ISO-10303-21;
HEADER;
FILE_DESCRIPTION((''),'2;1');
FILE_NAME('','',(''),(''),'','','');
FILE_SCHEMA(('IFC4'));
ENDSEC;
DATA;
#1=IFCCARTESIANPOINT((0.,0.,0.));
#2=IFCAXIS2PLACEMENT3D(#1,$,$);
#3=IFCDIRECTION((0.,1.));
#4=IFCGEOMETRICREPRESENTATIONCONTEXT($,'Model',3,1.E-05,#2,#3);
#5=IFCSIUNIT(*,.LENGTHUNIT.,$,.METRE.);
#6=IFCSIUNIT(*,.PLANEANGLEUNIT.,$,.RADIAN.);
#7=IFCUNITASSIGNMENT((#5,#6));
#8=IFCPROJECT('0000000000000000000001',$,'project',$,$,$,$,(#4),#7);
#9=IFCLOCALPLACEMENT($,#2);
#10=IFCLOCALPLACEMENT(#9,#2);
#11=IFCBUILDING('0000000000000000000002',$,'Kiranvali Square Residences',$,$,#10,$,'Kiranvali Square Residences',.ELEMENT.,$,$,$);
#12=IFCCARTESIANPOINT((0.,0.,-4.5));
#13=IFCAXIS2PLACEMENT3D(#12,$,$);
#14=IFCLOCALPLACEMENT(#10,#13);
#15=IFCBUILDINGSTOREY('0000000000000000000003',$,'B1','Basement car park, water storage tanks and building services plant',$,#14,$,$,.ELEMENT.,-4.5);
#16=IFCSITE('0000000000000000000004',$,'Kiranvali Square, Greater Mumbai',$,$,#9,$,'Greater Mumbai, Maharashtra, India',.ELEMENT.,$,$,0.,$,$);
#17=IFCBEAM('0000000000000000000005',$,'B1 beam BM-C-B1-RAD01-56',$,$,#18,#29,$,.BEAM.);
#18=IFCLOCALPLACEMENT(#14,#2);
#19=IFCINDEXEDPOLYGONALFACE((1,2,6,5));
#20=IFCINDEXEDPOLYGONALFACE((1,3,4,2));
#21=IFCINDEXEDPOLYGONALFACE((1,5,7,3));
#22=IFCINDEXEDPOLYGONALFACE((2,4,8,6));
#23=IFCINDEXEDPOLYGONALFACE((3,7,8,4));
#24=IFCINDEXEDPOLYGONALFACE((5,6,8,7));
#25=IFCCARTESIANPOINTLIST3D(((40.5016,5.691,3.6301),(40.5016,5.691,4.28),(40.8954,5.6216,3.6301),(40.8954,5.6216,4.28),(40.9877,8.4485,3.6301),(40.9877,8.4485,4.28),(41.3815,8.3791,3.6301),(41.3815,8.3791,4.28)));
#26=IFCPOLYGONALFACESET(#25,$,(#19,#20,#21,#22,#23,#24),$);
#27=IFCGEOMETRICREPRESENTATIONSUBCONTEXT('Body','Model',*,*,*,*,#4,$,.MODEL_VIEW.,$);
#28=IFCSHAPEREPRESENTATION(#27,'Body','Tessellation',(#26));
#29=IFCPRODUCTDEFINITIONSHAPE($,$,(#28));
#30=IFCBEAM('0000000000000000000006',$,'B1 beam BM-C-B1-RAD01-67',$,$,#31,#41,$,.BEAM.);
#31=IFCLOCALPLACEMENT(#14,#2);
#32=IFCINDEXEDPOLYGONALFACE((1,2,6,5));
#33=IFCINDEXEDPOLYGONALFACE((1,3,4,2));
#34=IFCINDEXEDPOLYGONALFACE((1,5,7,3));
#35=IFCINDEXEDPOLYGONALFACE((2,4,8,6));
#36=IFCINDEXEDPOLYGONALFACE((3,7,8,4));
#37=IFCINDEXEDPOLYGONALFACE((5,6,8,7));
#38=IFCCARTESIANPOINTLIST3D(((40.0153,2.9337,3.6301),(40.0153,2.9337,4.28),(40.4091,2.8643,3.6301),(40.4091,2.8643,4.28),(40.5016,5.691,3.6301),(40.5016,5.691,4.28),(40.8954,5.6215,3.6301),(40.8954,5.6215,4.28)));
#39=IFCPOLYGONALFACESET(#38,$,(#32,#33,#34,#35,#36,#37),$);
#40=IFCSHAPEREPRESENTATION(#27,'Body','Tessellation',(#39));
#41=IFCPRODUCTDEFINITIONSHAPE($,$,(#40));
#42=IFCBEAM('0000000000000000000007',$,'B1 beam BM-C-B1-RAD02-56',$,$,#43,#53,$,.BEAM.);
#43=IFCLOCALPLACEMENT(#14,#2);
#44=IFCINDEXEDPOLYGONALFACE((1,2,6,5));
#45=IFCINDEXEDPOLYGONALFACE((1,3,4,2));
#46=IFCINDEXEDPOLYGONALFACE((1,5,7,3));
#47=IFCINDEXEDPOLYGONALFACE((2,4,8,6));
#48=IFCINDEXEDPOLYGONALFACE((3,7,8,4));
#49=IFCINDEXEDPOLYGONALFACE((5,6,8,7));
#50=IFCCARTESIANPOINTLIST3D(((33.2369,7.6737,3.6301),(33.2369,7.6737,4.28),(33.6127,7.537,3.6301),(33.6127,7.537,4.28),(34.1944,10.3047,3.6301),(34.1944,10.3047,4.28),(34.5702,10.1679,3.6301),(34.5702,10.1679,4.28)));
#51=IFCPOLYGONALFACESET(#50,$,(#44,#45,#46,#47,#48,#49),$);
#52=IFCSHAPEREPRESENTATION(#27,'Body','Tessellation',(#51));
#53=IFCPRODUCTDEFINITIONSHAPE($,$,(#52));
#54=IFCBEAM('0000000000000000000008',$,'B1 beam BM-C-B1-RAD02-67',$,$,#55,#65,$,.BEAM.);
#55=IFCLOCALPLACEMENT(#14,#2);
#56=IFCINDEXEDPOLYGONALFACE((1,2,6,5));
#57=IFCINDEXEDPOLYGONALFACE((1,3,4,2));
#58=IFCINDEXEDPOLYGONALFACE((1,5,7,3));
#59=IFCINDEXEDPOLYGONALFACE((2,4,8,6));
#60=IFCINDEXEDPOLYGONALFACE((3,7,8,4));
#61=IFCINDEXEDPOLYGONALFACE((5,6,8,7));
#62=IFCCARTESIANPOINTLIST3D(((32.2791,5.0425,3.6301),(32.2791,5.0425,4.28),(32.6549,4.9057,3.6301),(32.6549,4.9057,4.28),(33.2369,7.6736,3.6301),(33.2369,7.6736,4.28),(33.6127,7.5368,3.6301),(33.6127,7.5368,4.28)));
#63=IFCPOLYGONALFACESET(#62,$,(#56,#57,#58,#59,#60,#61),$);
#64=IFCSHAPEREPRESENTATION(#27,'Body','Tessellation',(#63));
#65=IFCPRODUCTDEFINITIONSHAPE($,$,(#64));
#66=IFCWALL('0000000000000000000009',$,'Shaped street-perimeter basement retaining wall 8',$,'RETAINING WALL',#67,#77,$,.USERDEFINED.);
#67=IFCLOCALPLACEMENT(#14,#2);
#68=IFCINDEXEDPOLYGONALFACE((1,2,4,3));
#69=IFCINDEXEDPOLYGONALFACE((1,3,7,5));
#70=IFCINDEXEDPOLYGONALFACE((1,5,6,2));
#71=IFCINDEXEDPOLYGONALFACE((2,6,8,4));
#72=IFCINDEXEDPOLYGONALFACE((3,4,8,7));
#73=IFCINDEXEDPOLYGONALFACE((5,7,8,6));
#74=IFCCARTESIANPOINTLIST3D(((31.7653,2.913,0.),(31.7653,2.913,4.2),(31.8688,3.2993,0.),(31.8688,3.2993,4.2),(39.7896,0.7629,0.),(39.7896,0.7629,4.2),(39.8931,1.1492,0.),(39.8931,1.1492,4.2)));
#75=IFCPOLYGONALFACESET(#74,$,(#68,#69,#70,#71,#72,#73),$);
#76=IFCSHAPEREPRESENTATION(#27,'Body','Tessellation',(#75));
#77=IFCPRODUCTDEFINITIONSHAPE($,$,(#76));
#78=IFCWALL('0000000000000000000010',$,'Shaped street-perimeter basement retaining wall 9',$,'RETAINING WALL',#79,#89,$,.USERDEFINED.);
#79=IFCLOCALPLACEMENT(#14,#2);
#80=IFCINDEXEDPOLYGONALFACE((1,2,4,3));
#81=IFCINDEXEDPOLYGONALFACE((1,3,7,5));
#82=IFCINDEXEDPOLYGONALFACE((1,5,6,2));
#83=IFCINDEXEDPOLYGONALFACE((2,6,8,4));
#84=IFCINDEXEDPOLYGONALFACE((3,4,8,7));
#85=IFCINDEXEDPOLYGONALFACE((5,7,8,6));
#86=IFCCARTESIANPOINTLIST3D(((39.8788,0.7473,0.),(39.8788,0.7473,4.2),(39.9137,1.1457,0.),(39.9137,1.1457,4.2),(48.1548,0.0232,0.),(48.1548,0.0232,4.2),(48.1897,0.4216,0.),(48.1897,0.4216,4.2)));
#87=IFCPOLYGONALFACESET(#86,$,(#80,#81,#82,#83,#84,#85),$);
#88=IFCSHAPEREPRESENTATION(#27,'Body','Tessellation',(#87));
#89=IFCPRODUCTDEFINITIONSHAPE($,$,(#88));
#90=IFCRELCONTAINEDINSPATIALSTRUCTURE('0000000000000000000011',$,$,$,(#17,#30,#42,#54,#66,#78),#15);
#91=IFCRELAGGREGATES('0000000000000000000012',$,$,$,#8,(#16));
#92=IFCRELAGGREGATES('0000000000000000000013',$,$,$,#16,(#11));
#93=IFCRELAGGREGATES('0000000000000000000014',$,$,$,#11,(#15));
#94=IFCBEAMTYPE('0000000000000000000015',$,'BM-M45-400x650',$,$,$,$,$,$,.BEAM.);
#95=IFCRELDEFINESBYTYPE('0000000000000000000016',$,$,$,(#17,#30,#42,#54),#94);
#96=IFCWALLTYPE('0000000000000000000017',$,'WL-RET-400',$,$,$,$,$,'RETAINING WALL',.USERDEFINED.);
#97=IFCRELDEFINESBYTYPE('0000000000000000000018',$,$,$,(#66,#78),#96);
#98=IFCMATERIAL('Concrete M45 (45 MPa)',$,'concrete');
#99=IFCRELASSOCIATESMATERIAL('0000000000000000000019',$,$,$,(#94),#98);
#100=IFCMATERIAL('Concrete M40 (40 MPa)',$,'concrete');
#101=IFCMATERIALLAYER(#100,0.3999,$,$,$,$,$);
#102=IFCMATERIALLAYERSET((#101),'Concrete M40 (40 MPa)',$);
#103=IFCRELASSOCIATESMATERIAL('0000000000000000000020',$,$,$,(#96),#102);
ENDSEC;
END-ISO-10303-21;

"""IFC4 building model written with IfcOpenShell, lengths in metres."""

from ifc_helpers import new_model, si_unit, direction, frame, frame_2d, origin, origin_2d, place, context, subcontext, project, spatial, rectangle, extrude, material, layer, layer_set, material_profile, profile_set, type_object, element, save


model = new_model("IFC4")

# Units and contexts
model_context = context("Model", 3, precision=1e-05, world=origin(), true_north=direction((0.0, 1.0)))
body_context = subcontext(model_context, "Body", "Model", "MODEL_VIEW")
ifc_project = project(units=[si_unit("LENGTHUNIT", "METRE"), si_unit("PLANEANGLEUNIT", "RADIAN")], contexts=[model_context])

# Site, building, storey
site_placement = place(None, origin())
site = spatial("IfcSite", under=ifc_project, at=site_placement, Name="Kiranvali Square, Greater Mumbai", LongName="Greater Mumbai, Maharashtra, India", CompositionType="ELEMENT", RefElevation=0.0)
building_placement = place(site_placement, origin())
building = spatial("IfcBuilding", under=site, at=building_placement, Name="Kiranvali Square Residences", LongName="Kiranvali Square Residences", CompositionType="ELEMENT")
storey_placement = place(building_placement, frame((0.0, 0.0, -4.5)))
storey = spatial("IfcBuildingStorey", under=building, at=storey_placement, Name="B1", Description="Basement car park, water storage tanks and building services plant", CompositionType="ELEMENT", Elevation=-4.5)

# Shared definitions
ifc_material_1 = material(Name="Concrete M40 (40 MPa)", Category="concrete")

# Beams
ifc_material_2 = material(Name="Concrete M45 (45 MPa)", Category="concrete")
ifc_material_profile_1 = material_profile(ifc_material_2, rectangle(XDim=0.3999, YDim=0.6499, at=origin_2d()), Name="RC 400x650")
ifc_profile_set_1 = profile_set([ifc_material_profile_1], Name="Concrete M45 (45 MPa)")
beam_type = type_object("IfcBeamType", Name="BM-M45-400x650", PredefinedType="BEAM", material=ifc_profile_set_1)
beam_1_placement = place(storey_placement, frame((41.1846, 8.4138, 3.9551), z_axis=(-0.173596, -0.984817, 0.0), x_axis=(0.984817, -0.173596, 0.0)))
element("IfcBeam", 1, at=beam_1_placement, inside=storey, type_object=beam_type, Name="B1 beam BM-C-B1-RAD01-56", PredefinedType="BEAM", context=body_context, shape_type="SweptSolid", body=[
    extrude(rectangle(XDim=0.3999, YDim=0.6499, at=origin_2d()), origin(), (0.0, 0.0, 1.0), 2.8),
])
for number, where, z_axis, x_axis, name in (
    (2, (40.6985, 5.6562, 3.9551), (-0.173696, -0.984799, 0.0), (0.984799, -0.173696, 0.0), "B1 beam BM-C-B1-RAD01-67"),
    (3, (34.3823, 10.2363, 3.9551), (-0.341981, -0.939707, 0.0), (0.939707, -0.341981, 0.0), "B1 beam BM-C-B1-RAD02-56"),
):
    element("IfcBeam", number, at=place(storey_placement, frame(where, z_axis=z_axis, x_axis=x_axis)), inside=storey, type_object=beam_type, Name=name, PredefinedType="BEAM", context=body_context, shape_type="SweptSolid", body=[
        extrude(rectangle(XDim=0.3999, YDim=0.6499, at=origin_2d()), origin(), (0.0, 0.0, 1.0), 2.7998),
    ])
beam_2_placement = place(storey_placement, frame((33.4248, 7.6052, 3.9551), z_axis=(-0.342058, -0.939679, 0.0), x_axis=(0.939679, -0.342058, 0.0)))
element("IfcBeam", 4, at=beam_2_placement, inside=storey, type_object=beam_type, Name="B1 beam BM-C-B1-RAD02-67", PredefinedType="BEAM", context=body_context, shape_type="SweptSolid", body=[
    extrude(rectangle(XDim=0.3999, YDim=0.6499, at=origin_2d()), origin(), (0.0, 0.0, 1.0), 2.8),
])

# Walls
ifc_layer = layer(ifc_material_1, 0.3999)
ifc_layer_set = layer_set([ifc_layer], Name="Concrete M40 (40 MPa)")
wall_type = type_object("IfcWallType", Name="WL-RET-400", ElementType="RETAINING WALL", PredefinedType="USERDEFINED", material=ifc_layer_set)
wall_1_placement = place(storey_placement, frame((31.8169, 3.1062, 0.0), z_axis=(0.0, 0.0, 1.0), x_axis=(0.965925, -0.25882, 0.0)))
element("IfcWall", 5, at=wall_1_placement, inside=storey, type_object=wall_type, Name="Shaped street-perimeter basement retaining wall 8", ObjectType="RETAINING WALL", PredefinedType="USERDEFINED", context=body_context, shape_type="SweptSolid", body=[
    extrude(rectangle(XDim=8.3074, YDim=0.3999, at=frame_2d((4.1538, 0.0))), origin(), (0.0, 0.0, 1.0), 4.2),
])
wall_2_placement = place(storey_placement, frame((39.8962, 0.9465, 0.0), z_axis=(0.0, 0.0, 1.0), x_axis=(0.996194, -0.087165, 0.0)))
element("IfcWall", 6, at=wall_2_placement, inside=storey, type_object=wall_type, Name="Shaped street-perimeter basement retaining wall 9", ObjectType="RETAINING WALL", PredefinedType="USERDEFINED", context=body_context, shape_type="SweptSolid", body=[
    extrude(rectangle(XDim=8.3076, YDim=0.3999, at=frame_2d((4.1538, 0.0))), origin(), (0.0, 0.0, 1.0), 4.2),
])

save(model, "model.ifc")
